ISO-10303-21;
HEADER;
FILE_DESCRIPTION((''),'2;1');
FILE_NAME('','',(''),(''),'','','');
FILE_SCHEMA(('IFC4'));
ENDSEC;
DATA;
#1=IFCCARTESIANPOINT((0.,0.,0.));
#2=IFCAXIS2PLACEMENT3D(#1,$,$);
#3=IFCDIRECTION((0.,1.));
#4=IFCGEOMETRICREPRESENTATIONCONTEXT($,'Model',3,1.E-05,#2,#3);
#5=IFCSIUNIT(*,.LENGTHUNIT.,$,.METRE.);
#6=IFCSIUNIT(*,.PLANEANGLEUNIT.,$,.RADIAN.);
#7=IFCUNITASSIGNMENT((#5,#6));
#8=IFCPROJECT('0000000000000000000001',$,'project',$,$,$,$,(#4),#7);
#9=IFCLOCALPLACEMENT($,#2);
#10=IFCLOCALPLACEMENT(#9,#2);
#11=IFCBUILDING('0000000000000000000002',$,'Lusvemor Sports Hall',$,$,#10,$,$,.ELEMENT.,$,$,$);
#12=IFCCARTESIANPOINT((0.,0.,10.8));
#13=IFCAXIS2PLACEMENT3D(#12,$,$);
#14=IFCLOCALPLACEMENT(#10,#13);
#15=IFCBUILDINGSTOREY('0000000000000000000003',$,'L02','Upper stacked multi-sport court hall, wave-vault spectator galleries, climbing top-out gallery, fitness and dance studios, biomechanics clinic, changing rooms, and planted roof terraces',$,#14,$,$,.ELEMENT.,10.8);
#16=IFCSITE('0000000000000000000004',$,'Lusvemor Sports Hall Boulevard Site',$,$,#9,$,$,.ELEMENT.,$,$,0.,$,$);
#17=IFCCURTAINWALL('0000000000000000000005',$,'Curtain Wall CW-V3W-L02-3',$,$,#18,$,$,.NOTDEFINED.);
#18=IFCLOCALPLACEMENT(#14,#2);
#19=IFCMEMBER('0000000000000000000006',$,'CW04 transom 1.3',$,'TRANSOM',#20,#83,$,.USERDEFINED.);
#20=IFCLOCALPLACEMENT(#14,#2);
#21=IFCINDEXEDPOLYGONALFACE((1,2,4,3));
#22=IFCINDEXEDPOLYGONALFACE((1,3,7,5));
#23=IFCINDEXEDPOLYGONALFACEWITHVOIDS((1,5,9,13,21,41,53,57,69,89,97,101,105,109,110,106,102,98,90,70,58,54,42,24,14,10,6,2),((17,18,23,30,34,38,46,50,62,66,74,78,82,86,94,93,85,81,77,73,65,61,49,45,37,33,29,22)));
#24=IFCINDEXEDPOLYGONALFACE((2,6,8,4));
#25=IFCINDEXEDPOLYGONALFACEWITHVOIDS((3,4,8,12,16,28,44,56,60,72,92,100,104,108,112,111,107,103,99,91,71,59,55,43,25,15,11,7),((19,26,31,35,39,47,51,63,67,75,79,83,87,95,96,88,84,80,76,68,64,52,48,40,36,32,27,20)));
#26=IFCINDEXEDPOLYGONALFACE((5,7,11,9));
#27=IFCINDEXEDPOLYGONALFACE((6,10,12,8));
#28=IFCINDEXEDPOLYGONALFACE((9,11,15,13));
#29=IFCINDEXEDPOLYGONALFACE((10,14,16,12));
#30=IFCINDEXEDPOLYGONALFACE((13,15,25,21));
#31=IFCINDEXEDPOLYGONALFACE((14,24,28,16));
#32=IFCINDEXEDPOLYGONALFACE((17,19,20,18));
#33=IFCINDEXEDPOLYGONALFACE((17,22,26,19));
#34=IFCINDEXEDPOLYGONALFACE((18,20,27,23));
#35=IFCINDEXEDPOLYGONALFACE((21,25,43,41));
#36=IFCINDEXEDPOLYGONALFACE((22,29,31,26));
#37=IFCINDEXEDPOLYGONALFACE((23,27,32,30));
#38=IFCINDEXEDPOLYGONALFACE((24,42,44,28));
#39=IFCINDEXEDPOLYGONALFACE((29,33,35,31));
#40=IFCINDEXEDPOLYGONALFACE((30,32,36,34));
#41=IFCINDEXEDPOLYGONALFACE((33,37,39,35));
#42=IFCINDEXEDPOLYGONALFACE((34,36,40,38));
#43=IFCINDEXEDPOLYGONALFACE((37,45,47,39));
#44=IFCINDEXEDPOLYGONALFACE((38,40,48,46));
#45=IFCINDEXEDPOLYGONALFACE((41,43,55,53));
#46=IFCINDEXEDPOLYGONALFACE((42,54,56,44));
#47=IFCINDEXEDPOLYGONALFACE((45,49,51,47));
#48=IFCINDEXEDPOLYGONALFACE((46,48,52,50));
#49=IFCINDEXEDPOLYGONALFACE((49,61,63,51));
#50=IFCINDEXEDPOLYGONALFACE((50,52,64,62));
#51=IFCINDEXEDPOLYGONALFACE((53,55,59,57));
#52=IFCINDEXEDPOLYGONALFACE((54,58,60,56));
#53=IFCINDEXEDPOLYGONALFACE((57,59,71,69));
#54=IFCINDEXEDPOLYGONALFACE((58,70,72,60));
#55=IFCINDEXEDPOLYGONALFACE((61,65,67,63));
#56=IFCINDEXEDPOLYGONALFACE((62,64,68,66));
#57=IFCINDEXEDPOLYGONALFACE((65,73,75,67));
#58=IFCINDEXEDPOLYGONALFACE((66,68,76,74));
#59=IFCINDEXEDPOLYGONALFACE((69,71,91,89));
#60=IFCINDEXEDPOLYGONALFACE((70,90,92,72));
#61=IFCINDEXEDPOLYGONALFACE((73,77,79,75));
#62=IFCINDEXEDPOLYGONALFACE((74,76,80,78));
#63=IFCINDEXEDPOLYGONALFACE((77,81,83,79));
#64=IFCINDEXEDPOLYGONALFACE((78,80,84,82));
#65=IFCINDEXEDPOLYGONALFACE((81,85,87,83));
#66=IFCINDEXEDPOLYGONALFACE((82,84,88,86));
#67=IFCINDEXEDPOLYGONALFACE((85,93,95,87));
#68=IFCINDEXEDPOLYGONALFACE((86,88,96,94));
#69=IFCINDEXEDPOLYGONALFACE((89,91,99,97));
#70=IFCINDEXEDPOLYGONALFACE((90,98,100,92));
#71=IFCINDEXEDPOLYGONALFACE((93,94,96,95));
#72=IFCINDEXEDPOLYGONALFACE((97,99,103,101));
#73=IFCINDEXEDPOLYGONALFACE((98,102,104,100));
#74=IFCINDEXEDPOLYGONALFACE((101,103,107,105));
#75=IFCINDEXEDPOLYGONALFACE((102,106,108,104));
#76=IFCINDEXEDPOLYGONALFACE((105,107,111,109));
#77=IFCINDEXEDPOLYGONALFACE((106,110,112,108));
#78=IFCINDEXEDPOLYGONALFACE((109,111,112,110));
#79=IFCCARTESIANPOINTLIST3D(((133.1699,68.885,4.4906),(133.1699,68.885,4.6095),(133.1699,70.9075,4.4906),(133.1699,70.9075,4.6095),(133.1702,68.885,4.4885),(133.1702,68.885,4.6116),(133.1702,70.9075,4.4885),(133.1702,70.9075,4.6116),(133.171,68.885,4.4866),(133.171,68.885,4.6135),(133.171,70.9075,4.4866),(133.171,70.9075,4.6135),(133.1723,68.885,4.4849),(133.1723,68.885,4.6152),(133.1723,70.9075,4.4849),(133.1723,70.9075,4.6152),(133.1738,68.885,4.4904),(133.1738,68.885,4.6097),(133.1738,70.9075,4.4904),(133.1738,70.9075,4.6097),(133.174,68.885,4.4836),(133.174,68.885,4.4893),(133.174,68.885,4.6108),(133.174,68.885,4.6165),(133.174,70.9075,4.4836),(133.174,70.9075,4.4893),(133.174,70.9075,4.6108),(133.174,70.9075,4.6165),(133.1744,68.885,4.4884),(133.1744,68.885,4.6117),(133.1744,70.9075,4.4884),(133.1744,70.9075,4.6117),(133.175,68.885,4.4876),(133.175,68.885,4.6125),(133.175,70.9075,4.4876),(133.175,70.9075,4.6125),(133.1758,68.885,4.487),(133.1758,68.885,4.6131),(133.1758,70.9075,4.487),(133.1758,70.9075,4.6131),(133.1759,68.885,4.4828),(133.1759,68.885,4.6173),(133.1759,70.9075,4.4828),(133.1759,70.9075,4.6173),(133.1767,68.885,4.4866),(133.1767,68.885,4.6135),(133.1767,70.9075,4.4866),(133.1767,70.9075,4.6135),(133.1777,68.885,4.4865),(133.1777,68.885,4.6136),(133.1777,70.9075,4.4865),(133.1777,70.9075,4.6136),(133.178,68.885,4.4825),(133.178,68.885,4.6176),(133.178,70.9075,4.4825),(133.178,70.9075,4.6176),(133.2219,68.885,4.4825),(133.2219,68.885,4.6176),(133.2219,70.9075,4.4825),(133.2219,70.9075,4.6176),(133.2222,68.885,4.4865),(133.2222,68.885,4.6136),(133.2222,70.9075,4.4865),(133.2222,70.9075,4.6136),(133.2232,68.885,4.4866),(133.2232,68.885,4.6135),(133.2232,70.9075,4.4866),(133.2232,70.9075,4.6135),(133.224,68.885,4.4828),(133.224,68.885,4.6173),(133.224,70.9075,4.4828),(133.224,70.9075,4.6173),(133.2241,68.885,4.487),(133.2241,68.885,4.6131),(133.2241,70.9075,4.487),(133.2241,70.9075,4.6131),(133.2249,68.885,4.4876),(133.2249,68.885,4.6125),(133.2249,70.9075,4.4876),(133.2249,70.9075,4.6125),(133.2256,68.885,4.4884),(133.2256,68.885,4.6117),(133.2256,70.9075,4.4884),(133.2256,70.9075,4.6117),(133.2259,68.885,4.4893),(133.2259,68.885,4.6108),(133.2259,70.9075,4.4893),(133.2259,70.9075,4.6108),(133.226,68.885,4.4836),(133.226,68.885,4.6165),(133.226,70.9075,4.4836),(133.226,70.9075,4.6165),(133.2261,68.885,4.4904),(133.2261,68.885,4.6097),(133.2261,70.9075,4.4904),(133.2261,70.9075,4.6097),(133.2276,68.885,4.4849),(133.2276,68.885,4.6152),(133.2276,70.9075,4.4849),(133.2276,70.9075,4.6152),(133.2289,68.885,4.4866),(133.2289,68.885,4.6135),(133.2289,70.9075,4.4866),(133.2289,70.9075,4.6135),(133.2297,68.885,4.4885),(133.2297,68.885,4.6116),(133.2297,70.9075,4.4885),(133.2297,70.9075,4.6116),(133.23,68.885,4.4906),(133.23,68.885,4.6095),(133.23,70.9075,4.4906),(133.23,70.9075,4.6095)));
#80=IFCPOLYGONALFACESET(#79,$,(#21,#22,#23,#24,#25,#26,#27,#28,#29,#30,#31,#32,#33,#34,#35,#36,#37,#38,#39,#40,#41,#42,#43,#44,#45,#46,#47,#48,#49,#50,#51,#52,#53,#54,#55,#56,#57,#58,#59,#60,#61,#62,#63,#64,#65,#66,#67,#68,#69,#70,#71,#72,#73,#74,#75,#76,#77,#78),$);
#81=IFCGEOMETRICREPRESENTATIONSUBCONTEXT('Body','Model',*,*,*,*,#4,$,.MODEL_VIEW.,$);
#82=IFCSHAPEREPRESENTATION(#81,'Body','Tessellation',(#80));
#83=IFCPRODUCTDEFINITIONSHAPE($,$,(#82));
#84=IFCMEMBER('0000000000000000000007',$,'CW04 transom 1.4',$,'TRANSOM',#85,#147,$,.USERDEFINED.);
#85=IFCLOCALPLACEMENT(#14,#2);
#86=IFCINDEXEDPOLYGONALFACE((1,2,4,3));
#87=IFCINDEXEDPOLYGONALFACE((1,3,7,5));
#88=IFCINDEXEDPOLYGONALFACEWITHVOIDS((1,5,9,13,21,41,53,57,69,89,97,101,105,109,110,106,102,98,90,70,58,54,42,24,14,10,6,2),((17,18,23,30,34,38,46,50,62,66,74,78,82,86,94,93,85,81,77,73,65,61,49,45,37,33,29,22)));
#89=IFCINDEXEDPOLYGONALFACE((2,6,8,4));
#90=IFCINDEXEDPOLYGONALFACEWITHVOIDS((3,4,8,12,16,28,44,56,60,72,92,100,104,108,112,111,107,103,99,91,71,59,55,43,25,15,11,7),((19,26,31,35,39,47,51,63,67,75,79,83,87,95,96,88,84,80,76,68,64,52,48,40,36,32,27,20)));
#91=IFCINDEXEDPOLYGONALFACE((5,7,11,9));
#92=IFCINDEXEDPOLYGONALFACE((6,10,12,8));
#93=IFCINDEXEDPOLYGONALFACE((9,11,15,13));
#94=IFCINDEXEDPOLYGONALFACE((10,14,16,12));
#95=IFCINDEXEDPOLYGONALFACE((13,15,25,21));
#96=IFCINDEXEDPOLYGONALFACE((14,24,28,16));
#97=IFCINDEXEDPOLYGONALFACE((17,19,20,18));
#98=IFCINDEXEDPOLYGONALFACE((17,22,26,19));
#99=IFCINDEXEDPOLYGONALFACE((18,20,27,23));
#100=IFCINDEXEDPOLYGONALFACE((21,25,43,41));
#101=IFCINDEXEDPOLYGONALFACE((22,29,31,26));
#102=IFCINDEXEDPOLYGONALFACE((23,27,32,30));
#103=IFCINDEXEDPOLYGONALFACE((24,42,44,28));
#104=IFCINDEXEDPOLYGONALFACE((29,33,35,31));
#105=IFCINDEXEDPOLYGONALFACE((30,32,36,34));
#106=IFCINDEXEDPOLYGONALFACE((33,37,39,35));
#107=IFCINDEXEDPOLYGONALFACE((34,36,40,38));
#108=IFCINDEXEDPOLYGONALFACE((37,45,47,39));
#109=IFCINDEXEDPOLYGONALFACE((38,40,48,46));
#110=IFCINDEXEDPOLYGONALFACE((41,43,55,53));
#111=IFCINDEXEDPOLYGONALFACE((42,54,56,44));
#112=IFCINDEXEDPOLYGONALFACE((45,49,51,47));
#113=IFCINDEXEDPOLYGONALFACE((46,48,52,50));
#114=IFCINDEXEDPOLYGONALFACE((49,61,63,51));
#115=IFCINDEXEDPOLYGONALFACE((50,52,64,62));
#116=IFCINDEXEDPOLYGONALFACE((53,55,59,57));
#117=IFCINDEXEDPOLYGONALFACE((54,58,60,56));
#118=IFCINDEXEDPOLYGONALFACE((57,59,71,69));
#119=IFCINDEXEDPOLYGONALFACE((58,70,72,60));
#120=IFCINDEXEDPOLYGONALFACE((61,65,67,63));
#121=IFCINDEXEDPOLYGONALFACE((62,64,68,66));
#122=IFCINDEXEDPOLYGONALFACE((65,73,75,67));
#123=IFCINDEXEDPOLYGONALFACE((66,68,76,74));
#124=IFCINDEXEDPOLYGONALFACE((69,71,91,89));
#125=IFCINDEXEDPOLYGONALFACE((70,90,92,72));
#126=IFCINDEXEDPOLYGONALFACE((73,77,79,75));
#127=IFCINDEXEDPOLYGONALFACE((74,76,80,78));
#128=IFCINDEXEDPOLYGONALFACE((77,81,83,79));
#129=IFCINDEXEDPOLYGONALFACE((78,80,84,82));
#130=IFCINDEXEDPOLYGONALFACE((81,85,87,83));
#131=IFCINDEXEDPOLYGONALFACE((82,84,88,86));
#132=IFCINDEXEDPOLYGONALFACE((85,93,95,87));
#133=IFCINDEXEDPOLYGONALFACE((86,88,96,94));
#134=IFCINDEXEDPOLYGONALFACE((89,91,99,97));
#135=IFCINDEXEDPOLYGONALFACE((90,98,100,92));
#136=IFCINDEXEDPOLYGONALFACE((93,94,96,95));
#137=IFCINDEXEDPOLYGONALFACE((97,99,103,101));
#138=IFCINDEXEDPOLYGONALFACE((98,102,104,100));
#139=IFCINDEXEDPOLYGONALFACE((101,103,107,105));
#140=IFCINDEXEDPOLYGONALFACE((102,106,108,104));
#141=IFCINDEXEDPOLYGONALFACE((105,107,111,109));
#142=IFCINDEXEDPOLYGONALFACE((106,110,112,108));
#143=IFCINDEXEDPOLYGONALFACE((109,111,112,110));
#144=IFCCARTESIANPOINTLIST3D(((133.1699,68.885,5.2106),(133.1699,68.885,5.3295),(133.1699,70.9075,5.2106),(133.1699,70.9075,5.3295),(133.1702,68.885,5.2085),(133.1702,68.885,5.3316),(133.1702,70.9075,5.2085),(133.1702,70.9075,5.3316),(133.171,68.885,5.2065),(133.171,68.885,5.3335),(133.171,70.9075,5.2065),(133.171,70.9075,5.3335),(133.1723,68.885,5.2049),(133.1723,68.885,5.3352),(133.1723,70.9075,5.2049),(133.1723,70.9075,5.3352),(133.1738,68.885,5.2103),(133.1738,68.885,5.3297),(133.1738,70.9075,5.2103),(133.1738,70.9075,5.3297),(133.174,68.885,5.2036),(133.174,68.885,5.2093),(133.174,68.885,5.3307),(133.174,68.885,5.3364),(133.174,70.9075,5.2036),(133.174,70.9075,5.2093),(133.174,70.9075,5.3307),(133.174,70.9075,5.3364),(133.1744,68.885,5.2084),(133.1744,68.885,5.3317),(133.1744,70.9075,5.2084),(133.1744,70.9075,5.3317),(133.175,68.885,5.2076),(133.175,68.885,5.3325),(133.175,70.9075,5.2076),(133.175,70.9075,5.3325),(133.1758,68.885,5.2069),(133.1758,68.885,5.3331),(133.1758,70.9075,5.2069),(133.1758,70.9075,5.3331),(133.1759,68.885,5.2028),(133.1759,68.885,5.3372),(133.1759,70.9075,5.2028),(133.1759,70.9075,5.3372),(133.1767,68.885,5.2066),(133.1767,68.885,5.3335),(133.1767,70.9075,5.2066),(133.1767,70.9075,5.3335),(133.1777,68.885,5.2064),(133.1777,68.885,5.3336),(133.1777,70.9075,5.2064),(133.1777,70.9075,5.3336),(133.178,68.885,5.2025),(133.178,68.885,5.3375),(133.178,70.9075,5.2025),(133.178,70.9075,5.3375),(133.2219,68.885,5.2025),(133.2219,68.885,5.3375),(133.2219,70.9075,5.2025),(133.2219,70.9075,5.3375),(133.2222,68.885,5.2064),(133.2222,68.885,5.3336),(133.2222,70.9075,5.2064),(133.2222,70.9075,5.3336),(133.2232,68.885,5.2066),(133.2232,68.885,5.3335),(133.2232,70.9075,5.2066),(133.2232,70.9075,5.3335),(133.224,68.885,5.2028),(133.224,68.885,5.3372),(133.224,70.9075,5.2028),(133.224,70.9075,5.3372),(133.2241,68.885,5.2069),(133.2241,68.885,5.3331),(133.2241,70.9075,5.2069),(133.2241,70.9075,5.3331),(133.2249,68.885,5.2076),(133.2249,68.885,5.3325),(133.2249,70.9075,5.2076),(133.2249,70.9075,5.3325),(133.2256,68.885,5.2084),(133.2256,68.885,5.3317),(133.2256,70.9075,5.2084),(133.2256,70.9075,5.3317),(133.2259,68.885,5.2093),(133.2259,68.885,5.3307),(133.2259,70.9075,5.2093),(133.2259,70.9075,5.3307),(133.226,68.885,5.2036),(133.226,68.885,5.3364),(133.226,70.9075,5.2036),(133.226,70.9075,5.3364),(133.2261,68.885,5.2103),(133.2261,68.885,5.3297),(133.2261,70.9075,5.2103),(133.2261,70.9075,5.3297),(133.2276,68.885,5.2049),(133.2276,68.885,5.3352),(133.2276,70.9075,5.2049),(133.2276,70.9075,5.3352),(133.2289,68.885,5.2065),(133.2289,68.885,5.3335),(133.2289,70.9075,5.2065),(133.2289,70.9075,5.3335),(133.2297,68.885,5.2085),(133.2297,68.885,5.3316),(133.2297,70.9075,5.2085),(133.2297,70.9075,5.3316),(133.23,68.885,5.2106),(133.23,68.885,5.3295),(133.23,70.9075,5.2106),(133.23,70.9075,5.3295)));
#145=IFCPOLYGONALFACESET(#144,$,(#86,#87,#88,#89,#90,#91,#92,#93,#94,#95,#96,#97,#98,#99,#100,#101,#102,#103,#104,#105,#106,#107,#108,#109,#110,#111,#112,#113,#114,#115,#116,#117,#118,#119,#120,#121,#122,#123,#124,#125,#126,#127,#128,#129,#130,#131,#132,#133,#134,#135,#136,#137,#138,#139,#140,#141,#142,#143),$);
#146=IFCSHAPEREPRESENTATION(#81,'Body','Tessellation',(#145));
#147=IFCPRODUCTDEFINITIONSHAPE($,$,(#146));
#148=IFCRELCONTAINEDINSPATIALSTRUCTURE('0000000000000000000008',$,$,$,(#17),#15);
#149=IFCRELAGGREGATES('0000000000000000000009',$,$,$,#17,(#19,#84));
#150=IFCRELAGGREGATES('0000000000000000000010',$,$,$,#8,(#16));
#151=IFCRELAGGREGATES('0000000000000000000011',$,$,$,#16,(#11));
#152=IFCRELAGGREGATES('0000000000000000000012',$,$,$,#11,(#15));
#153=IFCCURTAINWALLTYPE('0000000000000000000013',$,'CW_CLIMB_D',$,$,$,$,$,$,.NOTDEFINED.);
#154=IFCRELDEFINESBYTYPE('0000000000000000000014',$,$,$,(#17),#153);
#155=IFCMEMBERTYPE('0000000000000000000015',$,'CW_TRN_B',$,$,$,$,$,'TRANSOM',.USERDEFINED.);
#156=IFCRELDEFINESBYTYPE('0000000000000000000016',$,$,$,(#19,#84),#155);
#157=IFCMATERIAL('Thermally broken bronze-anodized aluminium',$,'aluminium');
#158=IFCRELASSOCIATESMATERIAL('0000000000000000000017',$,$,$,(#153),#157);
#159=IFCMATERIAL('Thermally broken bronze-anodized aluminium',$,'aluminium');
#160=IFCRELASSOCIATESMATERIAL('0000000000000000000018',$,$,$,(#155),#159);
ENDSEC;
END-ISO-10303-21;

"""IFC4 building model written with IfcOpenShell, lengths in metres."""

from ifc_helpers import new_model, si_unit, direction, frame, origin, origin_2d, place, context, subcontext, project, spatial, hollow_rectangle, extrude, material, material_profile, profile_set, type_object, element, aggregate, save


model = new_model("IFC4")

# Units and contexts
model_context = context("Model", 3, precision=1e-05, world=origin(), true_north=direction((0.0, 1.0)))
body_context = subcontext(model_context, "Body", "Model", "MODEL_VIEW")
ifc_project = project(units=[si_unit("LENGTHUNIT", "METRE"), si_unit("PLANEANGLEUNIT", "RADIAN")], contexts=[model_context])

# Site, building, storey
site_placement = place(None, origin())
site = spatial("IfcSite", under=ifc_project, at=site_placement, Name="Lusvemor Sports Hall Boulevard Site", CompositionType="ELEMENT", RefElevation=0.0)
building_placement = place(site_placement, origin())
building = spatial("IfcBuilding", under=site, at=building_placement, Name="Lusvemor Sports Hall", CompositionType="ELEMENT")
storey_placement = place(building_placement, frame((0.0, 0.0, 10.8)))
storey = spatial("IfcBuildingStorey", under=building, at=storey_placement, Name="L02", Description="Upper stacked multi-sport court hall, wave-vault spectator galleries, climbing top-out gallery, fitness and dance studios, biomechanics clinic, changing rooms, and planted roof terraces", CompositionType="ELEMENT", Elevation=10.8)

# Shared definitions
ifc_material_1 = material(Name="Thermally broken bronze-anodized aluminium", Category="aluminium")
curtain_wall_type = type_object("IfcCurtainWallType", Name="CW_CLIMB_D", PredefinedType="NOTDEFINED", material=ifc_material_1)

# Curtain wall, members
curtain_wall_1_placement = place(storey_placement, origin())
curtain_wall_1 = element("IfcCurtainWall", 1, at=curtain_wall_1_placement, inside=storey, type_object=curtain_wall_type, Name="Curtain Wall CW-V3W-L02-3", PredefinedType="NOTDEFINED")
ifc_material_2 = material(Name="Thermally broken bronze-anodized aluminium", Category="aluminium")
ifc_material_profile_1 = material_profile(ifc_material_2, hollow_rectangle(XDim=0.0601, YDim=0.135, WallThickness=0.0039, InnerFilletRadius=0.0039, OuterFilletRadius=0.0081, at=origin_2d()), Name="CWTRN135x60x4")
ifc_profile_set_1 = profile_set([ifc_material_profile_1], Name="Thermally broken bronze-anodized aluminium")
member_type_1 = type_object("IfcMemberType", Name="CW_TRN_B", ElementType="TRANSOM", PredefinedType="USERDEFINED", material=ifc_profile_set_1)
member_1_placement = place(storey_placement, frame((133.2, 68.885, 4.55), z_axis=(0.0, 1.0, 0.0), x_axis=(-1.0, 0.0, 0.0)))
member_1 = element("IfcMember", 2, at=member_1_placement, type_object=member_type_1, Name="CW04 transom 1.3", ObjectType="TRANSOM", PredefinedType="USERDEFINED", context=body_context, shape_type="SweptSolid", body=[
    extrude(hollow_rectangle(XDim=0.0601, YDim=0.135, WallThickness=0.0039, InnerFilletRadius=0.0039, OuterFilletRadius=0.0081, at=origin_2d()), origin(), (0.0, 0.0, 1.0), 2.0225),
])
member_2_placement = place(storey_placement, frame((133.2, 68.885, 5.27), z_axis=(0.0, 1.0, 0.0), x_axis=(-1.0, 0.0, 0.0)))
member_2 = element("IfcMember", 3, at=member_2_placement, type_object=member_type_1, Name="CW04 transom 1.4", ObjectType="TRANSOM", PredefinedType="USERDEFINED", context=body_context, shape_type="SweptSolid", body=[
    extrude(hollow_rectangle(XDim=0.0601, YDim=0.135, WallThickness=0.0039, InnerFilletRadius=0.0039, OuterFilletRadius=0.0081, at=origin_2d()), origin(), (0.0, 0.0, 1.0), 2.0225),
])

aggregate(curtain_wall_1, [member_1, member_2])

save(model, "model.ifc")
